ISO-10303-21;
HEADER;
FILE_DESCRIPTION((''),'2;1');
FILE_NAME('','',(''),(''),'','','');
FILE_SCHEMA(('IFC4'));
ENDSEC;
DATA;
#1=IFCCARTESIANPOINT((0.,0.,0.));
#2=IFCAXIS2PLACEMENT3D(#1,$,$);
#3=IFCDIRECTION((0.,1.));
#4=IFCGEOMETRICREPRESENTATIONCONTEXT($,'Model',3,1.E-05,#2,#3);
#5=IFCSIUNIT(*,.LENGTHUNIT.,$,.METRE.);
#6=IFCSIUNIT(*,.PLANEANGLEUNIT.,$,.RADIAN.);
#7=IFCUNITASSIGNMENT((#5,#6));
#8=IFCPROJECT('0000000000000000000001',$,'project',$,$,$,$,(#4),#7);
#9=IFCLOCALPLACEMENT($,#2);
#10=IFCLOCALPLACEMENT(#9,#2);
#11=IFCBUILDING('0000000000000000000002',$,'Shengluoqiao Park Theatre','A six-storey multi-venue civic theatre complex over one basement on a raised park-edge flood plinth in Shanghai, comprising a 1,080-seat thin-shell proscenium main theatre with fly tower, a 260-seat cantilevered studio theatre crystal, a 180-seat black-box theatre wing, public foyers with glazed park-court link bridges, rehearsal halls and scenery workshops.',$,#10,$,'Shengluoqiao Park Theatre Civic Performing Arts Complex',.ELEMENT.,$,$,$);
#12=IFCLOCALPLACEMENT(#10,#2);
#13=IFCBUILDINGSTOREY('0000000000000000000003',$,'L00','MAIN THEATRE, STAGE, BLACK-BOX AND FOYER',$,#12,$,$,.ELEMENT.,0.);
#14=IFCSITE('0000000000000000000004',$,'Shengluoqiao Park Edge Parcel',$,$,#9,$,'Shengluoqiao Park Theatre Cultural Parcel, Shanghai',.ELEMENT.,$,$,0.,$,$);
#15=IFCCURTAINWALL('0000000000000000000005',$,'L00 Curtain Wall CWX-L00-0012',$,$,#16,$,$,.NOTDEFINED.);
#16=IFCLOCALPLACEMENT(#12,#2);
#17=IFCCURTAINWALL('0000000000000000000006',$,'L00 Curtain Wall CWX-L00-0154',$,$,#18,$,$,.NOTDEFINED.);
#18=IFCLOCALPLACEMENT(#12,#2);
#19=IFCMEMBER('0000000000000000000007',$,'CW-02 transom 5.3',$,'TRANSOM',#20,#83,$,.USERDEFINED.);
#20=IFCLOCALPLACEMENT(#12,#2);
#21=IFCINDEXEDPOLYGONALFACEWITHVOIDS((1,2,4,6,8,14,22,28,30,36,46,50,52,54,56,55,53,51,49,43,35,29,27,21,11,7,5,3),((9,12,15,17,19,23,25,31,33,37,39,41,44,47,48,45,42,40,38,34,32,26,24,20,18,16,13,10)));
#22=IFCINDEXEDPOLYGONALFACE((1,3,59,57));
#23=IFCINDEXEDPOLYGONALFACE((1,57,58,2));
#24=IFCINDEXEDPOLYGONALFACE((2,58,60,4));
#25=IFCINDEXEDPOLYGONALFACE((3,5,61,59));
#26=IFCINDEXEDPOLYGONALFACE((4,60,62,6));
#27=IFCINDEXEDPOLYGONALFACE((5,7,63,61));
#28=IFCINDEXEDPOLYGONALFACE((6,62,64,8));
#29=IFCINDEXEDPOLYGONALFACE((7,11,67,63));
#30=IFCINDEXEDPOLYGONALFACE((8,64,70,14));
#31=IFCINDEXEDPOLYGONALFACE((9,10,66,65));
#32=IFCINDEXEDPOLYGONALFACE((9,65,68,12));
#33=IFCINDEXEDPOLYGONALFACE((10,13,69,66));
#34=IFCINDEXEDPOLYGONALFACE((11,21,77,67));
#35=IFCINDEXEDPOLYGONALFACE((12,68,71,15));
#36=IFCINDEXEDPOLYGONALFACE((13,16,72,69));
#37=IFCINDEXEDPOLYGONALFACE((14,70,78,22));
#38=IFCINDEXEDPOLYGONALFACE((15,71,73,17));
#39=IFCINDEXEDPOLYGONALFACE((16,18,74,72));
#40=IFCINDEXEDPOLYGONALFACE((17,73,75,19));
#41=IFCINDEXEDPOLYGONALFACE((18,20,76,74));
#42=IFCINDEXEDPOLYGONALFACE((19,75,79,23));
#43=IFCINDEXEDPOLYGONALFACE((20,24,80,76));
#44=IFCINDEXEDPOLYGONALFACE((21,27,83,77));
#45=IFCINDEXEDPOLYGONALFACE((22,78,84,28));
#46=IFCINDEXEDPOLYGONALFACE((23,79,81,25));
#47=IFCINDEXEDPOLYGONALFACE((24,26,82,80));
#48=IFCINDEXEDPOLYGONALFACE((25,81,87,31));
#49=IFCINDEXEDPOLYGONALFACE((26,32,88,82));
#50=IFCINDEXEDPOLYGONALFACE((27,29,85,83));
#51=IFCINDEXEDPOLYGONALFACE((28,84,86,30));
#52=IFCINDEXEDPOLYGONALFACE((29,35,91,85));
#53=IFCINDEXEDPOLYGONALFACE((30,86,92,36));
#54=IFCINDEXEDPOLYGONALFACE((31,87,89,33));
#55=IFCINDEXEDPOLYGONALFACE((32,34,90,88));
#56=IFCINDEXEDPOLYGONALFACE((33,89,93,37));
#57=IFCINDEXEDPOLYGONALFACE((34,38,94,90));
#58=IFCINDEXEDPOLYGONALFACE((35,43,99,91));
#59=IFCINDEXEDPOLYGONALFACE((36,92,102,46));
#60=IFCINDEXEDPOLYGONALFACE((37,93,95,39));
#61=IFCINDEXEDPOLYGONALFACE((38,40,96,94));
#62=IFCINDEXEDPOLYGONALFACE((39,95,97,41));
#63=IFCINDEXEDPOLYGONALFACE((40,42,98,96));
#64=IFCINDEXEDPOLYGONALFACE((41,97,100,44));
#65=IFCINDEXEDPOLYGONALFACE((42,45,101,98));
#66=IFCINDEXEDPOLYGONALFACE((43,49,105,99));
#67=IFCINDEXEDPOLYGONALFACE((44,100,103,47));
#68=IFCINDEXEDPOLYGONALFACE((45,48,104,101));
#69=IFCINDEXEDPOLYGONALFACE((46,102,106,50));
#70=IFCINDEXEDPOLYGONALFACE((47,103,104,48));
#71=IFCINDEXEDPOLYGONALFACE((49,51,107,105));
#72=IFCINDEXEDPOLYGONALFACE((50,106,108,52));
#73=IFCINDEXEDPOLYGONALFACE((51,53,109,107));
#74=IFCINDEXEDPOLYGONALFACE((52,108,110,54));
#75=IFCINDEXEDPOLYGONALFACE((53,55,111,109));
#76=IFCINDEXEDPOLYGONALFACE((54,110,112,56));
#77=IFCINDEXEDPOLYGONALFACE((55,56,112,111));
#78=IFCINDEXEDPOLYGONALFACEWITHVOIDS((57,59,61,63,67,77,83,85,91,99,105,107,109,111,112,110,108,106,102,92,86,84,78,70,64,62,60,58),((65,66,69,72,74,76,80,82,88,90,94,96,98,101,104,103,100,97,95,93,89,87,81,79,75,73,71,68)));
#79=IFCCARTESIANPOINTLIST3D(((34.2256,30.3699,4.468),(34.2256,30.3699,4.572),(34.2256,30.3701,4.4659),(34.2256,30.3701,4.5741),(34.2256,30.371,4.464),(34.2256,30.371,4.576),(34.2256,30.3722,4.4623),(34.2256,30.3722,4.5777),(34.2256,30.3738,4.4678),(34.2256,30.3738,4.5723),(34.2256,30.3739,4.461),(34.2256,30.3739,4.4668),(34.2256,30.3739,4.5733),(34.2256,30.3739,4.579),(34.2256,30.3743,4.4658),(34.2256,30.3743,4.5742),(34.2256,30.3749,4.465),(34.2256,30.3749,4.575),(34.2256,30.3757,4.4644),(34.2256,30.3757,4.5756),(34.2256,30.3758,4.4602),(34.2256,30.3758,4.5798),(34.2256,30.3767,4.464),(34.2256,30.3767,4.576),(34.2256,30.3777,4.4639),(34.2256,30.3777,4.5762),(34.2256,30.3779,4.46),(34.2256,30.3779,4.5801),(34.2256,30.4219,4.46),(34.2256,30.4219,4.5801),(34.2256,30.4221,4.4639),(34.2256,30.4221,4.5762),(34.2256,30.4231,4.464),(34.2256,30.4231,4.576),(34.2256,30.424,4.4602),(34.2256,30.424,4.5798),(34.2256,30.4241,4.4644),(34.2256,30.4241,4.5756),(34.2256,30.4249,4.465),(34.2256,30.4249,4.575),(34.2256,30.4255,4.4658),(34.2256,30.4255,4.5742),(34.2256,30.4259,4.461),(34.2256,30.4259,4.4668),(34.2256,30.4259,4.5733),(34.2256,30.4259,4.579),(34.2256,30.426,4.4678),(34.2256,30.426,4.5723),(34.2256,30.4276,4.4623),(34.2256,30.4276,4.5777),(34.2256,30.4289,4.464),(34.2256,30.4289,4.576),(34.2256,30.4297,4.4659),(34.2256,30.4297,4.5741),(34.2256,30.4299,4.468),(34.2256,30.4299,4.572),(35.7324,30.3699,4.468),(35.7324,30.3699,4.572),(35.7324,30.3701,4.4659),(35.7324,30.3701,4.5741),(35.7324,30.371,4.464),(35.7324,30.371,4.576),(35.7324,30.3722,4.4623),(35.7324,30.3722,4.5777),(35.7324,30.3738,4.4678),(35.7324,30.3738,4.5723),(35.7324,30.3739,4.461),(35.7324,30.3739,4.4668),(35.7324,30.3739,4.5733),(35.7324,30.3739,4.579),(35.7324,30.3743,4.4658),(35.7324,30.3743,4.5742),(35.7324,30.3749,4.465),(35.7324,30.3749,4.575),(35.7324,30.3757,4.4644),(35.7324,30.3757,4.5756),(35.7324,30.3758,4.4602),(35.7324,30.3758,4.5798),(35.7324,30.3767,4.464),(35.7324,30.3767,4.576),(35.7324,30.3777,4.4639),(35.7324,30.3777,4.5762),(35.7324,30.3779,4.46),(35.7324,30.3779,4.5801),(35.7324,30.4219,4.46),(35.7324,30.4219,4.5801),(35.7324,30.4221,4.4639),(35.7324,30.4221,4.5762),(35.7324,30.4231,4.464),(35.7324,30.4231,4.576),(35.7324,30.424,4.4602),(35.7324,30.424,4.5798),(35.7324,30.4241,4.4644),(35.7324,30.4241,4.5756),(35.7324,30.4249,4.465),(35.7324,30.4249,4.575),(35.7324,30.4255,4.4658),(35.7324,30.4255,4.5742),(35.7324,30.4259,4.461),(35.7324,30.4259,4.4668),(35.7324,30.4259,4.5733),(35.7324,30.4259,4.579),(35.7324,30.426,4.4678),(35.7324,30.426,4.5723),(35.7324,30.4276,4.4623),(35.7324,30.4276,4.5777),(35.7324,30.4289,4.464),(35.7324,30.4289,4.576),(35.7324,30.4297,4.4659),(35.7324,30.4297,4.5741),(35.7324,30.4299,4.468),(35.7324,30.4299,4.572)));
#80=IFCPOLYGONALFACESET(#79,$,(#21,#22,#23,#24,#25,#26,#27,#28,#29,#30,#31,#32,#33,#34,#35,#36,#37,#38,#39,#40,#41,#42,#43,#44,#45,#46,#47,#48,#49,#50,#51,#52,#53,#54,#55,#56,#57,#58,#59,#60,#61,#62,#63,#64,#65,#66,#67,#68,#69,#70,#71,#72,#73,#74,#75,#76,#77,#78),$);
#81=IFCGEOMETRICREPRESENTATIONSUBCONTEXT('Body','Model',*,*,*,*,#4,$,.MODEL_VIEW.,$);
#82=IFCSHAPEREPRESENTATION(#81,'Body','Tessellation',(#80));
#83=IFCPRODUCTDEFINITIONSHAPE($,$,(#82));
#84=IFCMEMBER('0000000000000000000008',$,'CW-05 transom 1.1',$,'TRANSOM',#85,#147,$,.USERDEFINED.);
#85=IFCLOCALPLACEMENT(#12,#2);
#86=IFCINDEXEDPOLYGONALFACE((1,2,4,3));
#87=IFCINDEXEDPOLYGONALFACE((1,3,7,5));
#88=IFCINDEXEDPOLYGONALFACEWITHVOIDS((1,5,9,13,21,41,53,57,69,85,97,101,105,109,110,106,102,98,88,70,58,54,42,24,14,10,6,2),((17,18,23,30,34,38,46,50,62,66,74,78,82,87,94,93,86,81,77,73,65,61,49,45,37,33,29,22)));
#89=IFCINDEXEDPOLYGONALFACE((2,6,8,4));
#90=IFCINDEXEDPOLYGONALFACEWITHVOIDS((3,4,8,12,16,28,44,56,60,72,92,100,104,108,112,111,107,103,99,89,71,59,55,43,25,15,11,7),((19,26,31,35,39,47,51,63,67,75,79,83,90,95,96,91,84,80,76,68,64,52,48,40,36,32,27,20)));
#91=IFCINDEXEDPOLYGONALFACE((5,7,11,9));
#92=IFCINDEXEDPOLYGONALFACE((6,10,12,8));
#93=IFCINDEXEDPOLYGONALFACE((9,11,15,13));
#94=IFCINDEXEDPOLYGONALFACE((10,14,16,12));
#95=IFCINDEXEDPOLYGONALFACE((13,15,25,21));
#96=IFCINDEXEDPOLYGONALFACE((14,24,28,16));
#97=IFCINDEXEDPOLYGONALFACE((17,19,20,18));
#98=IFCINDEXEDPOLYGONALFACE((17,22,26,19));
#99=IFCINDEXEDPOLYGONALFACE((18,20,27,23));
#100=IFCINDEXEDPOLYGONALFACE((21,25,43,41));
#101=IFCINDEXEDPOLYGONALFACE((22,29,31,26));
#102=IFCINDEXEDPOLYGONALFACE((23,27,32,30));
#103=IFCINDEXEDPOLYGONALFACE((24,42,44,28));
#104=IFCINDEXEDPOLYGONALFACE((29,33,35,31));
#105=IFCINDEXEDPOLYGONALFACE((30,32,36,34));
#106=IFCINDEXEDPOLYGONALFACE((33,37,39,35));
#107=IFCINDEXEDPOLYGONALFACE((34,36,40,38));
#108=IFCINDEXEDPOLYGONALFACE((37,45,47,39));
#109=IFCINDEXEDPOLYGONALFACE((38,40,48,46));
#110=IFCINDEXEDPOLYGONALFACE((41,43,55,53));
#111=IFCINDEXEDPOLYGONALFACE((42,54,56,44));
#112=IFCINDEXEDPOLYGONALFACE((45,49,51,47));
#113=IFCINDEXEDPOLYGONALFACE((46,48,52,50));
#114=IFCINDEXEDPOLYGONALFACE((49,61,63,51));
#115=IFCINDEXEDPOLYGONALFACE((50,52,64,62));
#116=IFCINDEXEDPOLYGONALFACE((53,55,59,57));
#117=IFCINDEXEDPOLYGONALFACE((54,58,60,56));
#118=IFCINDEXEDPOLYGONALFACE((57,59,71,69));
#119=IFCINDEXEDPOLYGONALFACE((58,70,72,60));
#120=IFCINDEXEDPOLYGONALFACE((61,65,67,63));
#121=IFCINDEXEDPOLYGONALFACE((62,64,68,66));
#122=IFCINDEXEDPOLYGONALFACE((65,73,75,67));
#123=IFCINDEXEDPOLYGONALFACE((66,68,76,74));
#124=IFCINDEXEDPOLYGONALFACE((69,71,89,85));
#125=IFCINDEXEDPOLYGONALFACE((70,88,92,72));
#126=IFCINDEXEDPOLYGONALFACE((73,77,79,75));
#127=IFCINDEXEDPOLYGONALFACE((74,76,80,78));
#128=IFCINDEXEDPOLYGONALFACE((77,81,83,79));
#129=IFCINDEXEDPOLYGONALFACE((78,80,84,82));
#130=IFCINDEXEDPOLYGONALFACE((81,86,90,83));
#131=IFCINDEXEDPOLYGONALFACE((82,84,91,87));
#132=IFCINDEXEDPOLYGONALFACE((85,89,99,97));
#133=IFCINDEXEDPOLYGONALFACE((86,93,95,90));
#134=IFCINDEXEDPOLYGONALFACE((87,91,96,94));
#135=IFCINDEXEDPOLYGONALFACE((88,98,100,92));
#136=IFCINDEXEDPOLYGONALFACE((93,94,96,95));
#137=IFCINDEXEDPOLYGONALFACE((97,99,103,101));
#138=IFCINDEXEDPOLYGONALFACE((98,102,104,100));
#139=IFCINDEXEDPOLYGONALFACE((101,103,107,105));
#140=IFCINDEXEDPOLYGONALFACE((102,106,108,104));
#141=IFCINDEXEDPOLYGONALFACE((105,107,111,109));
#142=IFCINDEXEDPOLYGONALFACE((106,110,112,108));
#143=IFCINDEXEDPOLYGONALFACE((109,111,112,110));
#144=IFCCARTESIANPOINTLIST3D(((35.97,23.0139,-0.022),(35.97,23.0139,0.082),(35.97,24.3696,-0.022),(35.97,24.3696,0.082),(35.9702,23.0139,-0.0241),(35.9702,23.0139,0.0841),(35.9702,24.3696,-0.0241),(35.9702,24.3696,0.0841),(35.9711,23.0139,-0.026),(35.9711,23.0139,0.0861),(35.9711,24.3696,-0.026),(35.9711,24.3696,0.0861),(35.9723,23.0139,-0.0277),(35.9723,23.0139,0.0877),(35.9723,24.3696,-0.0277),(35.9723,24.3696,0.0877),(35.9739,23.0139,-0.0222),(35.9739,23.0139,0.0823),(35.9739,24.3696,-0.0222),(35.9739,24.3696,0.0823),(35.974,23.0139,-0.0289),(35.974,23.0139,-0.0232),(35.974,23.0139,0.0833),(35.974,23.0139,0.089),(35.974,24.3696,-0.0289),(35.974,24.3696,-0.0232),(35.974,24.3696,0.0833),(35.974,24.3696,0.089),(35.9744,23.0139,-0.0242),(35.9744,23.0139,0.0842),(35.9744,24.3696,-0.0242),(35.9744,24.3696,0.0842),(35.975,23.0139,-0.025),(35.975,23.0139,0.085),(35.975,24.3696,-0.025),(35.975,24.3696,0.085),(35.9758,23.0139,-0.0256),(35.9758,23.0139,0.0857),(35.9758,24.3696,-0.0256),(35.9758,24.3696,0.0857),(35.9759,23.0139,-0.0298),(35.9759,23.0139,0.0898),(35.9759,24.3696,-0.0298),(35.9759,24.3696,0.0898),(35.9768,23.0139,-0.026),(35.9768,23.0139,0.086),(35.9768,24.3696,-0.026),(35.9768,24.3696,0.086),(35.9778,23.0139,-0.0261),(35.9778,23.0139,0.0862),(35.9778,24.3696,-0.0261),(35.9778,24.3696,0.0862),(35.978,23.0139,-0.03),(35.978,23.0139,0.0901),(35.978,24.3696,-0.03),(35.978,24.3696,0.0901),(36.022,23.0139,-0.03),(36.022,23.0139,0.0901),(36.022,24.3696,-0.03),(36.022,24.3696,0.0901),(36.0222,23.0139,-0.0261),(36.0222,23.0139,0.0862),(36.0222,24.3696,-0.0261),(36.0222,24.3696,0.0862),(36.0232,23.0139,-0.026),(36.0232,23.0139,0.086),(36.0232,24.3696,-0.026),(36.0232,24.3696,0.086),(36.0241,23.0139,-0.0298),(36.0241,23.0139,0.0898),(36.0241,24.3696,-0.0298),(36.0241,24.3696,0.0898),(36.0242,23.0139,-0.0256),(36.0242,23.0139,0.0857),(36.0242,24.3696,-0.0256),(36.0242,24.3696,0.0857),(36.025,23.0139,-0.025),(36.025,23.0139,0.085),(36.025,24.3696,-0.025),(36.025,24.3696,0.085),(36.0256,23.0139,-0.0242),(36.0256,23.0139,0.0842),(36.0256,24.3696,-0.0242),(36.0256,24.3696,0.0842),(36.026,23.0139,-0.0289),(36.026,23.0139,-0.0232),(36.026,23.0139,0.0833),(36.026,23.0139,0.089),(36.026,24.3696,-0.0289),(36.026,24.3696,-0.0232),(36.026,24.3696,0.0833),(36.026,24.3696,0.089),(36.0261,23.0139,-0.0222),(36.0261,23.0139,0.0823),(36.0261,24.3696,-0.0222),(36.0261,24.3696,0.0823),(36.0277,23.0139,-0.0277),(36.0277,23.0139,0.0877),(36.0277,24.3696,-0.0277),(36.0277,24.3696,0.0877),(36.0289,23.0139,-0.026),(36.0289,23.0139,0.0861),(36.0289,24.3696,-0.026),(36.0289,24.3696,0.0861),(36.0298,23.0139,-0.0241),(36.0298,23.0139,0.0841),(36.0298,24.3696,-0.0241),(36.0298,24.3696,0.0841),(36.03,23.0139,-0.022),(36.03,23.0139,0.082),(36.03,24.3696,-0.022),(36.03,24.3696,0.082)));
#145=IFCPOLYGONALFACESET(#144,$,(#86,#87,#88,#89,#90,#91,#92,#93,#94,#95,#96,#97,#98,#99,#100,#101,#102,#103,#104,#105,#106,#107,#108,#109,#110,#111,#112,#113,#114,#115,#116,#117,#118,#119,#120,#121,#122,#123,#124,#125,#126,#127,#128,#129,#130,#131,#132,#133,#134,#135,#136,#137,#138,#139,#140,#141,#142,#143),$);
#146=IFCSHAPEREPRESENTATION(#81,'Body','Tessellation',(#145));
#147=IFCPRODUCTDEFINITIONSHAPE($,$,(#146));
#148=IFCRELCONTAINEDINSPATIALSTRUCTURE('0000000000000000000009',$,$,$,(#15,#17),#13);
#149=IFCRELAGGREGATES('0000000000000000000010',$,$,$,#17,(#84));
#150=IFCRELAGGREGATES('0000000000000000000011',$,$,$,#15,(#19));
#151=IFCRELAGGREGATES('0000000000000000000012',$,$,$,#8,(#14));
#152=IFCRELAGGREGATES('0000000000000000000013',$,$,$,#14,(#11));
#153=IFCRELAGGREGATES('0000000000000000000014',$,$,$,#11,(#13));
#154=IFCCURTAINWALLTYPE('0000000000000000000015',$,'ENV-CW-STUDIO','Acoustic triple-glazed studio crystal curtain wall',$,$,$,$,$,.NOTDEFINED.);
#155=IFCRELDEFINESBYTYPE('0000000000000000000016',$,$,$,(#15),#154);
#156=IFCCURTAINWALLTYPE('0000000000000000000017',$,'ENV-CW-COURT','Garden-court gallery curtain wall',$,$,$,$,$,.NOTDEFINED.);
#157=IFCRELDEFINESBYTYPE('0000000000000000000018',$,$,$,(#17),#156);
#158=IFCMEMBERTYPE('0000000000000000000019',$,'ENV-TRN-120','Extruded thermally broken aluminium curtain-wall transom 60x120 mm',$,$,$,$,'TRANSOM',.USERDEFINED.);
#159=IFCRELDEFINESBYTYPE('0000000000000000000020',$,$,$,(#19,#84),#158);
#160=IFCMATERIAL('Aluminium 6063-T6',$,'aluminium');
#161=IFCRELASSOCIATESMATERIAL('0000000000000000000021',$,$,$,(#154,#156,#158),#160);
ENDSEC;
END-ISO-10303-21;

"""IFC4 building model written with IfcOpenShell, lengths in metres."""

from ifc_helpers import new_model, si_unit, direction, frame, origin, origin_2d, place, context, subcontext, project, spatial, hollow_rectangle, extrude, material, material_profile, profile_set, type_object, element, aggregate, save


model = new_model("IFC4")

# Units and contexts
model_context = context("Model", 3, precision=1e-05, world=origin(), true_north=direction((0.0, 1.0)))
body_context = subcontext(model_context, "Body", "Model", "MODEL_VIEW")
ifc_project = project(units=[si_unit("LENGTHUNIT", "METRE"), si_unit("PLANEANGLEUNIT", "RADIAN")], contexts=[model_context])

# Site, building, storey
site_placement = place(None, origin())
site = spatial("IfcSite", under=ifc_project, at=site_placement, Name="Shengluoqiao Park Edge Parcel", LongName="Shengluoqiao Park Theatre Cultural Parcel, Shanghai", CompositionType="ELEMENT", RefElevation=0.0)
building_placement = place(site_placement, origin())
building = spatial("IfcBuilding", under=site, at=building_placement, Name="Shengluoqiao Park Theatre", Description="A six-storey multi-venue civic theatre complex over one basement on a raised park-edge flood plinth in Shanghai, comprising a 1,080-seat thin-shell proscenium main theatre with fly tower, a 260-seat cantilevered studio theatre crystal, a 180-seat black-box theatre wing, public foyers with glazed park-court link bridges, rehearsal halls and scenery workshops.", LongName="Shengluoqiao Park Theatre Civic Performing Arts Complex", CompositionType="ELEMENT")
storey_placement = place(building_placement, origin())
storey = spatial("IfcBuildingStorey", under=building, at=storey_placement, Name="L00", Description="MAIN THEATRE, STAGE, BLACK-BOX AND FOYER", CompositionType="ELEMENT", Elevation=0.0)

# Curtain wall
ifc_material_1 = material(Name="Aluminium 6063-T6", Category="aluminium")
curtain_wall_type_1 = type_object("IfcCurtainWallType", Name="ENV-CW-STUDIO", Description="Acoustic triple-glazed studio crystal curtain wall", PredefinedType="NOTDEFINED", material=ifc_material_1)
curtain_wall_1_placement = place(storey_placement, origin())
curtain_wall_1 = element("IfcCurtainWall", 1, at=curtain_wall_1_placement, inside=storey, type_object=curtain_wall_type_1, Name="L00 Curtain Wall CWX-L00-0012", PredefinedType="NOTDEFINED")

# Curtain wall
curtain_wall_type_2 = type_object("IfcCurtainWallType", Name="ENV-CW-COURT", Description="Garden-court gallery curtain wall", PredefinedType="NOTDEFINED", material=ifc_material_1)
curtain_wall_2_placement = place(storey_placement, origin())
curtain_wall_2 = element("IfcCurtainWall", 2, at=curtain_wall_2_placement, inside=storey, type_object=curtain_wall_type_2, Name="L00 Curtain Wall CWX-L00-0154", PredefinedType="NOTDEFINED")

# Members
ifc_material_profile_1 = material_profile(ifc_material_1, hollow_rectangle(XDim=0.0601, YDim=0.1201, WallThickness=0.0039, InnerFilletRadius=0.0039, OuterFilletRadius=0.0081, at=origin_2d()), Name="ALU TRANSOM 120x60x4")
ifc_profile_set_1 = profile_set([ifc_material_profile_1], Name="Aluminium 6063-T6")
member_type_1 = type_object("IfcMemberType", Name="ENV-TRN-120", Description="Extruded thermally broken aluminium curtain-wall transom 60x120 mm", ElementType="TRANSOM", PredefinedType="USERDEFINED", material=ifc_profile_set_1)
member_1_placement = place(storey_placement, frame((34.2256, 30.3999, 4.52), z_axis=(1.0, 0.0, 0.0), x_axis=(0.0, 1.0, 0.0)))
member_1 = element("IfcMember", 3, at=member_1_placement, type_object=member_type_1, Name="CW-02 transom 5.3", ObjectType="TRANSOM", PredefinedType="USERDEFINED", context=body_context, shape_type="SweptSolid", body=[
    extrude(hollow_rectangle(XDim=0.0601, YDim=0.1201, WallThickness=0.0039, InnerFilletRadius=0.0039, OuterFilletRadius=0.0081, at=origin_2d()), origin(), (0.0, 0.0, 1.0), 1.5068),
])
member_2_placement = place(storey_placement, frame((36.0, 23.0139, 0.03), z_axis=(0.0, 1.0, 0.0), x_axis=(-1.0, 0.0, 0.0)))
member_2 = element("IfcMember", 4, at=member_2_placement, type_object=member_type_1, Name="CW-05 transom 1.1", ObjectType="TRANSOM", PredefinedType="USERDEFINED", context=body_context, shape_type="SweptSolid", body=[
    extrude(hollow_rectangle(XDim=0.0601, YDim=0.1201, WallThickness=0.0039, InnerFilletRadius=0.0039, OuterFilletRadius=0.0081, at=origin_2d()), origin(), (0.0, 0.0, 1.0), 1.3557),
])
aggregate(curtain_wall_2, [member_2])

aggregate(curtain_wall_1, [member_1])

save(model, "model.ifc")
